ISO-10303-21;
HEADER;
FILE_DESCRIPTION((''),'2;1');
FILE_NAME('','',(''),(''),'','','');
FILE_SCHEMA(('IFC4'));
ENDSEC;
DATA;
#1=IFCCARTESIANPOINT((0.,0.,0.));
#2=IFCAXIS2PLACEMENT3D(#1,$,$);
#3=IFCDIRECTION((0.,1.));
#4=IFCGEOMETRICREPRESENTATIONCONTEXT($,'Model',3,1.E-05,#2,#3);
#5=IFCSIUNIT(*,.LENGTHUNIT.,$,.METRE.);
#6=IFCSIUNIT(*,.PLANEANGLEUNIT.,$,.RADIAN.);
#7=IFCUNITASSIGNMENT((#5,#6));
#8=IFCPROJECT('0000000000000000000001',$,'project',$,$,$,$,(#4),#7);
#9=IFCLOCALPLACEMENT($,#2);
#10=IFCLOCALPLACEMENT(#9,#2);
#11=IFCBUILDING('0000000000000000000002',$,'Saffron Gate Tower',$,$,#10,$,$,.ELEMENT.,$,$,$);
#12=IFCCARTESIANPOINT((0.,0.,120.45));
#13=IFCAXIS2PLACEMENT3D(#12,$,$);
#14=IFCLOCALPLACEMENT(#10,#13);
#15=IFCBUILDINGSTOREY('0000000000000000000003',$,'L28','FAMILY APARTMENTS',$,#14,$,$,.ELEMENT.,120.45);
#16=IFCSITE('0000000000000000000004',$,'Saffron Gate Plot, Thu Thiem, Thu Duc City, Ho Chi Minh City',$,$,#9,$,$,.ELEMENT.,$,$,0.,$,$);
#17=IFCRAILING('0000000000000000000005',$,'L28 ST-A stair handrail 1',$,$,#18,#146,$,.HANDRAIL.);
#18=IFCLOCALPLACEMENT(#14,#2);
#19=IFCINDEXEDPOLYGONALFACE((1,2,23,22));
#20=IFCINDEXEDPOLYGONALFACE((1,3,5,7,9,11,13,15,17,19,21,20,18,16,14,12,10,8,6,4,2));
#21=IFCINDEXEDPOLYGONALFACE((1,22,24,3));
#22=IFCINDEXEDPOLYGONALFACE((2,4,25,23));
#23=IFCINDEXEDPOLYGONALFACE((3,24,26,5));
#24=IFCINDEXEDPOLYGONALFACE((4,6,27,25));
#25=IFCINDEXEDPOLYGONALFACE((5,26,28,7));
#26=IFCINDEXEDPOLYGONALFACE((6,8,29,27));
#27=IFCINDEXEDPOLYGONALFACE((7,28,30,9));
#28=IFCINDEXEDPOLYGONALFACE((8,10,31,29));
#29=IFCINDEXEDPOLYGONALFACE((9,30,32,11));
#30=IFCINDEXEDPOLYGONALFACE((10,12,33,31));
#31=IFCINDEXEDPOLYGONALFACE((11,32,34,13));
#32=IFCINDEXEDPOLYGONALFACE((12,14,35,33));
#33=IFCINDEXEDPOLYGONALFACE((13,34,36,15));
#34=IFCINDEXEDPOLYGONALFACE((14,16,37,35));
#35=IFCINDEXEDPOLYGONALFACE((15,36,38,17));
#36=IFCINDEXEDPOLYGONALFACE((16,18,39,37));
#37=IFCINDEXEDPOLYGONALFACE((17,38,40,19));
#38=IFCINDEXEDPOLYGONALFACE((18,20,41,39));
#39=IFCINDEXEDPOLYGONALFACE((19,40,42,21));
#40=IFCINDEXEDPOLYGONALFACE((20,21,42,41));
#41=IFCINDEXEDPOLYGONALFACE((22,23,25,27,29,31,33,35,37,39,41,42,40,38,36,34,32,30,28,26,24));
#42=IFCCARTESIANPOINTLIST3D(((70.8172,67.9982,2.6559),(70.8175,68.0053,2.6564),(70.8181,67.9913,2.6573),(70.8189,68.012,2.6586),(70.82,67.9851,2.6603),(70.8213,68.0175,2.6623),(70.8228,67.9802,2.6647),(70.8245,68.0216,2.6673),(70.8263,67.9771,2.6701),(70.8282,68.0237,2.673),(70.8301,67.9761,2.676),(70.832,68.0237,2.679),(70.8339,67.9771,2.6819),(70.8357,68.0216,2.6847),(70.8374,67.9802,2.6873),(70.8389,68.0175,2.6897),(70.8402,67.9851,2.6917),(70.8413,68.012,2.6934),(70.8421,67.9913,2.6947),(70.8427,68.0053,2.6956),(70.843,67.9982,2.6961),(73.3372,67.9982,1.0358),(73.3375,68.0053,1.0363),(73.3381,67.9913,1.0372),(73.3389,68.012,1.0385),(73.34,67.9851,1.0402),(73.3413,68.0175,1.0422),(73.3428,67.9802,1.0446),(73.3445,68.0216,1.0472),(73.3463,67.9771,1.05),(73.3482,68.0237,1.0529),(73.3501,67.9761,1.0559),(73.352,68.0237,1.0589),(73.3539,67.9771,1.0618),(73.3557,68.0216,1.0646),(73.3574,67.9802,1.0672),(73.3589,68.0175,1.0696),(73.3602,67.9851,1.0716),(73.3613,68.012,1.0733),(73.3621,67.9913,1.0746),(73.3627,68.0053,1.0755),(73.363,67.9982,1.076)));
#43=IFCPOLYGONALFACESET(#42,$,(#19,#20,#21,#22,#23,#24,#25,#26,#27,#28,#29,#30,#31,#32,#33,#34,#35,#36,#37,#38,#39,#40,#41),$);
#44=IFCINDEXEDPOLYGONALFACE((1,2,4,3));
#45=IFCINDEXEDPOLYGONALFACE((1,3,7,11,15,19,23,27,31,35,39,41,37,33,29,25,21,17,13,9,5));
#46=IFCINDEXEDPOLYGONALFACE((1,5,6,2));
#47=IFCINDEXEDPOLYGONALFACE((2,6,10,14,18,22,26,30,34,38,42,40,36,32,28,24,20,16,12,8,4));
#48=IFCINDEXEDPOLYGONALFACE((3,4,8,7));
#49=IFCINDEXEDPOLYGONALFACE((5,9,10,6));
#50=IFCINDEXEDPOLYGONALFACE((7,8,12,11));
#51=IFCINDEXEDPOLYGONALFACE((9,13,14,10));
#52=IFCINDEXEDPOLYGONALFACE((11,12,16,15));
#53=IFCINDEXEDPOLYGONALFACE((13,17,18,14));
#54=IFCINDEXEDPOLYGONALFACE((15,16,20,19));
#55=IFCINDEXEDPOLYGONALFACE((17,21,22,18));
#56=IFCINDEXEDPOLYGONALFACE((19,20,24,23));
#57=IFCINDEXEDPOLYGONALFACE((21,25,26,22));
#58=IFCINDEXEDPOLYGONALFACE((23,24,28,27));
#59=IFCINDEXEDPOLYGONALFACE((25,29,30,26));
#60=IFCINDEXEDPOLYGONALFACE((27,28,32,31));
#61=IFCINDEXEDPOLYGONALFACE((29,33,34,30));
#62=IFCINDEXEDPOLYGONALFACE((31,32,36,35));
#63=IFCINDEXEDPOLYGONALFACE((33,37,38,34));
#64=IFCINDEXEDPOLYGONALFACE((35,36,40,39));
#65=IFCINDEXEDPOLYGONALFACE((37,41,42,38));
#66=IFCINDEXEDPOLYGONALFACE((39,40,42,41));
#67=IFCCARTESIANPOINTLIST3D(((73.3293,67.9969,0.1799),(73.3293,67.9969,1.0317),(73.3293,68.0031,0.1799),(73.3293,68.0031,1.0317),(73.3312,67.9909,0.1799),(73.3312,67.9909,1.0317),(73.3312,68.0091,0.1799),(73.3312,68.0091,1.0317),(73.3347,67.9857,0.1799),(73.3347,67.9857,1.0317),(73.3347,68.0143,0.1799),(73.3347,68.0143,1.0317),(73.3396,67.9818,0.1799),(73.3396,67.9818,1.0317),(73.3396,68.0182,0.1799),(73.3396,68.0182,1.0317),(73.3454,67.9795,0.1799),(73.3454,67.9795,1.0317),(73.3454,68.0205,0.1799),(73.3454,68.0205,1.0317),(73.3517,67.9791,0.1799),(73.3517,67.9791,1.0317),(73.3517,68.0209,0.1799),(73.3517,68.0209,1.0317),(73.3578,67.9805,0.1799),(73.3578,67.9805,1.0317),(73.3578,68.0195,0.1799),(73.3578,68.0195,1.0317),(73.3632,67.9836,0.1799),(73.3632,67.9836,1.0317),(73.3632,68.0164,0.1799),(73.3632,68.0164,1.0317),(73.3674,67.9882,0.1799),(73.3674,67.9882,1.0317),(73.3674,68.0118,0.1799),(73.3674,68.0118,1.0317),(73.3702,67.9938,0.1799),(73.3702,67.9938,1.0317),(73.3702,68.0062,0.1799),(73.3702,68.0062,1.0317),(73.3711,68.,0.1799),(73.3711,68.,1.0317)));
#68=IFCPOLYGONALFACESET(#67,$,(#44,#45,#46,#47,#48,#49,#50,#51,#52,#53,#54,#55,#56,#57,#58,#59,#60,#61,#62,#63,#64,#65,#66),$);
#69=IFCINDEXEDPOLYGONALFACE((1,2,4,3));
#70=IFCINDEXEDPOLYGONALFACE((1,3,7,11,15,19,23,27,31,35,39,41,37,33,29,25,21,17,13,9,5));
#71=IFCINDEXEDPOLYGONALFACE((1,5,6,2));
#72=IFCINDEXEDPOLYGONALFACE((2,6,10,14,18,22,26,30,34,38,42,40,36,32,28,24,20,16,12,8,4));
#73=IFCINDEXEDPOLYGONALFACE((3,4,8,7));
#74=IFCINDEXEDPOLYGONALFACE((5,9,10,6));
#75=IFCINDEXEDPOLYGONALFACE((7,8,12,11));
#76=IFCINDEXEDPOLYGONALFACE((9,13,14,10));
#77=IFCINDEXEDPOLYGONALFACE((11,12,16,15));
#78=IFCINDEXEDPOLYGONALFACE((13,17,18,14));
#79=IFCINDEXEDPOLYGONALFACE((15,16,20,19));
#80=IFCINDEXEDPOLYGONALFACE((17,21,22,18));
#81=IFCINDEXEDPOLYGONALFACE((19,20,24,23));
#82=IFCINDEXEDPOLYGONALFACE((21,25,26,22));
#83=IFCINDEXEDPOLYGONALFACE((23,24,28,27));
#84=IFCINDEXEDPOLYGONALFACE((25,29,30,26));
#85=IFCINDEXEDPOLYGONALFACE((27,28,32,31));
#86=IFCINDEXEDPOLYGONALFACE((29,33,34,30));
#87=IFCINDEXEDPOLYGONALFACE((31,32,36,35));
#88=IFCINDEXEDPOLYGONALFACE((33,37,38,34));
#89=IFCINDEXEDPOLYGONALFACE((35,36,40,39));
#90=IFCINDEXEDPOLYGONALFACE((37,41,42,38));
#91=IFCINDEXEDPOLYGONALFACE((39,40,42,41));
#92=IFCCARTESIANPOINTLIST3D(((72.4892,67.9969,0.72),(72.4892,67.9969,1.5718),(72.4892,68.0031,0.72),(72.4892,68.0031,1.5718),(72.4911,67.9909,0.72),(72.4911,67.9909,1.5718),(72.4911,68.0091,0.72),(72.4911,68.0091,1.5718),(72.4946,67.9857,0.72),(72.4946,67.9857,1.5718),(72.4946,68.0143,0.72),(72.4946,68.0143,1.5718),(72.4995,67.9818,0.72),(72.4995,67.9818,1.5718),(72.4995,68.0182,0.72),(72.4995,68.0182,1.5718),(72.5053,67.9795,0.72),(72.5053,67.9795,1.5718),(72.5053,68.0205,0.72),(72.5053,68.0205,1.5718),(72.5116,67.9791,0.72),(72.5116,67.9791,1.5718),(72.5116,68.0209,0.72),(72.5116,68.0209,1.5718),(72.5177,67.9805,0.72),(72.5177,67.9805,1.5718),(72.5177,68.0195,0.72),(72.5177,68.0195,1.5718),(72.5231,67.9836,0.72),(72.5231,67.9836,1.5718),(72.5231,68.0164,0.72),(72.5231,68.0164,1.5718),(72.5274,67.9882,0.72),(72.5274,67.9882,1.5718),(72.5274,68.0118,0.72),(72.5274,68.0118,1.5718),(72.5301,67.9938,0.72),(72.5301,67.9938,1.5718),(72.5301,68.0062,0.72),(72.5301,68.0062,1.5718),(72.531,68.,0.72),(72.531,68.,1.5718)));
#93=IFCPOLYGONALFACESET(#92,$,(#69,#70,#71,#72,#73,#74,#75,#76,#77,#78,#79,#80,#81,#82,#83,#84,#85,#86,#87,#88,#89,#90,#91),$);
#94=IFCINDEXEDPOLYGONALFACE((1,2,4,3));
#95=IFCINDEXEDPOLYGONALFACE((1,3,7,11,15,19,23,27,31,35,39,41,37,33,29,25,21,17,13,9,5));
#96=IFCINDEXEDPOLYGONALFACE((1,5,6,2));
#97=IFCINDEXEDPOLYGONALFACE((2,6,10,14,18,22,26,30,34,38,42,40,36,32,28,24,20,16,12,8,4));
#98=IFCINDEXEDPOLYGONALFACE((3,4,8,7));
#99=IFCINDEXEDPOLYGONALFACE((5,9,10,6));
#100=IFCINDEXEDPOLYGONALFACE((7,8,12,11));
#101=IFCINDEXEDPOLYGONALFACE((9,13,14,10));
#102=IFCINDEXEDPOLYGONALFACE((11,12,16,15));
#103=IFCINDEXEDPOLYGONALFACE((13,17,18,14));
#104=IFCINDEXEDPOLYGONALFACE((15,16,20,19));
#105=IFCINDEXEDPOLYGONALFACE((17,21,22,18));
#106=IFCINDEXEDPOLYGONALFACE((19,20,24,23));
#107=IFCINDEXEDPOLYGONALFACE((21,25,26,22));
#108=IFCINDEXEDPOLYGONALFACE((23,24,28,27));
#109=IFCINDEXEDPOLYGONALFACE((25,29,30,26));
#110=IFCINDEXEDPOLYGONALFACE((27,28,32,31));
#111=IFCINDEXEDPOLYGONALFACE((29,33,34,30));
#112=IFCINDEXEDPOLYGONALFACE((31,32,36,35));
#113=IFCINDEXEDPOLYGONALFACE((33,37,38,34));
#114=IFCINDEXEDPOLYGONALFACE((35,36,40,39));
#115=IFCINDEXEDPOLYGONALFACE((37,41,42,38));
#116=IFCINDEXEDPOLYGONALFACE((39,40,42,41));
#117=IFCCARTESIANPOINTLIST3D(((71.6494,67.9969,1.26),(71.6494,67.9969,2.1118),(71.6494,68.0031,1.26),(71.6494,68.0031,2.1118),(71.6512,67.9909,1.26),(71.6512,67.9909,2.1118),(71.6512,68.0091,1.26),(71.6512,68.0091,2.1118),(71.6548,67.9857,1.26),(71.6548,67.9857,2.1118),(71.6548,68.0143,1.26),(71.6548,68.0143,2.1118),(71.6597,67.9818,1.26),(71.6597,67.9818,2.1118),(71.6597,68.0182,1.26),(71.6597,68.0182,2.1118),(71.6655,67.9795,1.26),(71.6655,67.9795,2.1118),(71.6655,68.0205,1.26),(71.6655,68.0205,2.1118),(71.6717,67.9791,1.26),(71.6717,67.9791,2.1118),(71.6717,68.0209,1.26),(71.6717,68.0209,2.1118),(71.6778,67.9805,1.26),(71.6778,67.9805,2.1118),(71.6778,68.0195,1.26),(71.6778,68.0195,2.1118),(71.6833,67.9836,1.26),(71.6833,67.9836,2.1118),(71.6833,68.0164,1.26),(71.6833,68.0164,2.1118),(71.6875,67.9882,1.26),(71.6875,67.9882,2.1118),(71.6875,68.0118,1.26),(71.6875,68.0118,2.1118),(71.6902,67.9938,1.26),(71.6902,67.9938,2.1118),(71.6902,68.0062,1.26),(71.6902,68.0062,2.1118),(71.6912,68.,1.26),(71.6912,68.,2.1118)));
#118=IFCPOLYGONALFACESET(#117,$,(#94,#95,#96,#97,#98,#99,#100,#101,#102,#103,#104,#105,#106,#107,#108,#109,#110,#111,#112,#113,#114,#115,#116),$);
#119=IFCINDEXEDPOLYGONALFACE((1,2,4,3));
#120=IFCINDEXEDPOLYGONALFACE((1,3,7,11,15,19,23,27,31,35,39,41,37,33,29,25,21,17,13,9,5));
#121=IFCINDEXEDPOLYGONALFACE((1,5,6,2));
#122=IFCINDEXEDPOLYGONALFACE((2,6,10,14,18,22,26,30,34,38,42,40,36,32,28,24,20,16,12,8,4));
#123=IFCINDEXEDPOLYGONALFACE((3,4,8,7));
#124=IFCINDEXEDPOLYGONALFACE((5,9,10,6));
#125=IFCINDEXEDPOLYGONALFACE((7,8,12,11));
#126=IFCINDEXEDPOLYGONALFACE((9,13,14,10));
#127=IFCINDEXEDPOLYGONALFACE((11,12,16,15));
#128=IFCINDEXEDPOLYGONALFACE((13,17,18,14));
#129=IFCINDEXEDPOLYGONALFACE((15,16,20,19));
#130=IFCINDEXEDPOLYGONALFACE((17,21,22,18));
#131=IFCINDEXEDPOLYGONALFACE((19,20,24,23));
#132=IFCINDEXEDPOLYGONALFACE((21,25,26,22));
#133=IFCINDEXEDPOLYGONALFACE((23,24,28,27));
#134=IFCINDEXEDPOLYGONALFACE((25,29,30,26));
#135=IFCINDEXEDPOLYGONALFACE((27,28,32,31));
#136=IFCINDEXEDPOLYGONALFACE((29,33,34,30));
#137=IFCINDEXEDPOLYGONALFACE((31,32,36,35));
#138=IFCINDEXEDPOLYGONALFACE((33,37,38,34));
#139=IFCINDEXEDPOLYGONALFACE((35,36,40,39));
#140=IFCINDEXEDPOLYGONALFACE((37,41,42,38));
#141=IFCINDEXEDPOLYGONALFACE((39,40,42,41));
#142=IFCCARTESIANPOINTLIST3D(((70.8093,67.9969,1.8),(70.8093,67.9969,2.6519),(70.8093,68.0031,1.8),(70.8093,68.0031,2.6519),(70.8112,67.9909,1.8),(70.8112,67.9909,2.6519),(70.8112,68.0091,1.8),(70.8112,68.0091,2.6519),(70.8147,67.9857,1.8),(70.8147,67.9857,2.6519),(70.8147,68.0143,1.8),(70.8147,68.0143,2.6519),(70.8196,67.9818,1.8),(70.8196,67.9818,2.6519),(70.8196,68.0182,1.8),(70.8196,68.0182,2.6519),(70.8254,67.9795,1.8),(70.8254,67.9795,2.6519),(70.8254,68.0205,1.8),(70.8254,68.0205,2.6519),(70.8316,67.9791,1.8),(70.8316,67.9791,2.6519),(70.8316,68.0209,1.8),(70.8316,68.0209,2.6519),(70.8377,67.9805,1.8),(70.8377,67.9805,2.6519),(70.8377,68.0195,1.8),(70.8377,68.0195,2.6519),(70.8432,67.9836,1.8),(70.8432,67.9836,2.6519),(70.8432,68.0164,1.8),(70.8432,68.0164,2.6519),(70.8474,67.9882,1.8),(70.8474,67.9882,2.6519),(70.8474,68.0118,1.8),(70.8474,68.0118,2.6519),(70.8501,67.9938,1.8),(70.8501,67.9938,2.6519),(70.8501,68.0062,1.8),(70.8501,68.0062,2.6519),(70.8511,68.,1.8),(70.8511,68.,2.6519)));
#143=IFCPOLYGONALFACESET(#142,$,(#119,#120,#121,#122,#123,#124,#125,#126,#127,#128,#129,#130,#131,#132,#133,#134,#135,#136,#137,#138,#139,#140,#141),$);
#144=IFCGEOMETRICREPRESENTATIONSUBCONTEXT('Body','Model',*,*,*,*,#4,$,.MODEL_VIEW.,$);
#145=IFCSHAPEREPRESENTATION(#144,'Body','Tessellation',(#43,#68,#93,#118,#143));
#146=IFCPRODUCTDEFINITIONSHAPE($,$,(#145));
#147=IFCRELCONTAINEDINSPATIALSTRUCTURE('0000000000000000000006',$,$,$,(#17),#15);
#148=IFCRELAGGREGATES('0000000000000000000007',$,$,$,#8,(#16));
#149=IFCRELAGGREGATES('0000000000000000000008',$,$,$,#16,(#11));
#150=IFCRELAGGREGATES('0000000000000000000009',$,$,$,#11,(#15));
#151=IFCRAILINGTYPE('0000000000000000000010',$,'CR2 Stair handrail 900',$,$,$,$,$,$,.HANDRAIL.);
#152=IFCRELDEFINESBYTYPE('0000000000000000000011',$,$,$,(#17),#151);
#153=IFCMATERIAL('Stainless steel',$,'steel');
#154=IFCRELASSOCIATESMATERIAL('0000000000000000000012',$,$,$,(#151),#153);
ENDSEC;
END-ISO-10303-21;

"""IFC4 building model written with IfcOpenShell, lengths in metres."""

from ifc_helpers import new_model, si_unit, direction, frame, origin, origin_2d, place, context, subcontext, project, spatial, circle, extrude, material, type_object, element, save


model = new_model("IFC4")

# Units and contexts
model_context = context("Model", 3, precision=1e-05, world=origin(), true_north=direction((0.0, 1.0)))
body_context = subcontext(model_context, "Body", "Model", "MODEL_VIEW")
ifc_project = project(units=[si_unit("LENGTHUNIT", "METRE"), si_unit("PLANEANGLEUNIT", "RADIAN")], contexts=[model_context])

# Site, building, storey
site_placement = place(None, origin())
site = spatial("IfcSite", under=ifc_project, at=site_placement, Name="Saffron Gate Plot, Thu Thiem, Thu Duc City, Ho Chi Minh City", CompositionType="ELEMENT", RefElevation=0.0)
building_placement = place(site_placement, origin())
building = spatial("IfcBuilding", under=site, at=building_placement, Name="Saffron Gate Tower", CompositionType="ELEMENT")
storey_placement = place(building_placement, frame((0.0, 0.0, 120.45)))
storey = spatial("IfcBuildingStorey", under=building, at=storey_placement, Name="L28", Description="FAMILY APARTMENTS", CompositionType="ELEMENT", Elevation=120.45)

# Railing
ifc_material_1 = material(Name="Stainless steel", Category="steel")
railing_type_1 = type_object("IfcRailingType", Name="CR2 Stair handrail 900", PredefinedType="HANDRAIL", material=ifc_material_1)
railing_1_placement = place(storey_placement, frame((73.3501, 68.0, 0.1799)))
element("IfcRailing", 1, at=railing_1_placement, inside=storey, type_object=railing_type_1, Name="L28 ST-A stair handrail 1", PredefinedType="HANDRAIL", context=body_context, shape_type="SweptSolid", body=[
    extrude(circle(Radius=0.0239, at=origin_2d()), frame((0.0, 0.0, 0.876), z_axis=(-0.841163, 0.0, 0.540782), x_axis=(0.0, -1.0, 0.0)), (0.0, 0.0, 1.0), 2.9958),
    extrude(circle(Radius=0.021, at=origin_2d()), origin(), (0.0, 0.0, 1.0), 0.8518),
    extrude(circle(Radius=0.021, at=origin_2d()), frame((-0.8401, 0.0, 0.54)), (0.0, 0.0, 1.0), 0.8518),
    extrude(circle(Radius=0.021, at=origin_2d()), frame((-1.6799, 0.0, 1.0801)), (0.0, 0.0, 1.0), 0.8518),
    extrude(circle(Radius=0.021, at=origin_2d()), frame((-2.52, 0.0, 1.6201)), (0.0, 0.0, 1.0), 0.8518),
])

save(model, "model.ifc")
